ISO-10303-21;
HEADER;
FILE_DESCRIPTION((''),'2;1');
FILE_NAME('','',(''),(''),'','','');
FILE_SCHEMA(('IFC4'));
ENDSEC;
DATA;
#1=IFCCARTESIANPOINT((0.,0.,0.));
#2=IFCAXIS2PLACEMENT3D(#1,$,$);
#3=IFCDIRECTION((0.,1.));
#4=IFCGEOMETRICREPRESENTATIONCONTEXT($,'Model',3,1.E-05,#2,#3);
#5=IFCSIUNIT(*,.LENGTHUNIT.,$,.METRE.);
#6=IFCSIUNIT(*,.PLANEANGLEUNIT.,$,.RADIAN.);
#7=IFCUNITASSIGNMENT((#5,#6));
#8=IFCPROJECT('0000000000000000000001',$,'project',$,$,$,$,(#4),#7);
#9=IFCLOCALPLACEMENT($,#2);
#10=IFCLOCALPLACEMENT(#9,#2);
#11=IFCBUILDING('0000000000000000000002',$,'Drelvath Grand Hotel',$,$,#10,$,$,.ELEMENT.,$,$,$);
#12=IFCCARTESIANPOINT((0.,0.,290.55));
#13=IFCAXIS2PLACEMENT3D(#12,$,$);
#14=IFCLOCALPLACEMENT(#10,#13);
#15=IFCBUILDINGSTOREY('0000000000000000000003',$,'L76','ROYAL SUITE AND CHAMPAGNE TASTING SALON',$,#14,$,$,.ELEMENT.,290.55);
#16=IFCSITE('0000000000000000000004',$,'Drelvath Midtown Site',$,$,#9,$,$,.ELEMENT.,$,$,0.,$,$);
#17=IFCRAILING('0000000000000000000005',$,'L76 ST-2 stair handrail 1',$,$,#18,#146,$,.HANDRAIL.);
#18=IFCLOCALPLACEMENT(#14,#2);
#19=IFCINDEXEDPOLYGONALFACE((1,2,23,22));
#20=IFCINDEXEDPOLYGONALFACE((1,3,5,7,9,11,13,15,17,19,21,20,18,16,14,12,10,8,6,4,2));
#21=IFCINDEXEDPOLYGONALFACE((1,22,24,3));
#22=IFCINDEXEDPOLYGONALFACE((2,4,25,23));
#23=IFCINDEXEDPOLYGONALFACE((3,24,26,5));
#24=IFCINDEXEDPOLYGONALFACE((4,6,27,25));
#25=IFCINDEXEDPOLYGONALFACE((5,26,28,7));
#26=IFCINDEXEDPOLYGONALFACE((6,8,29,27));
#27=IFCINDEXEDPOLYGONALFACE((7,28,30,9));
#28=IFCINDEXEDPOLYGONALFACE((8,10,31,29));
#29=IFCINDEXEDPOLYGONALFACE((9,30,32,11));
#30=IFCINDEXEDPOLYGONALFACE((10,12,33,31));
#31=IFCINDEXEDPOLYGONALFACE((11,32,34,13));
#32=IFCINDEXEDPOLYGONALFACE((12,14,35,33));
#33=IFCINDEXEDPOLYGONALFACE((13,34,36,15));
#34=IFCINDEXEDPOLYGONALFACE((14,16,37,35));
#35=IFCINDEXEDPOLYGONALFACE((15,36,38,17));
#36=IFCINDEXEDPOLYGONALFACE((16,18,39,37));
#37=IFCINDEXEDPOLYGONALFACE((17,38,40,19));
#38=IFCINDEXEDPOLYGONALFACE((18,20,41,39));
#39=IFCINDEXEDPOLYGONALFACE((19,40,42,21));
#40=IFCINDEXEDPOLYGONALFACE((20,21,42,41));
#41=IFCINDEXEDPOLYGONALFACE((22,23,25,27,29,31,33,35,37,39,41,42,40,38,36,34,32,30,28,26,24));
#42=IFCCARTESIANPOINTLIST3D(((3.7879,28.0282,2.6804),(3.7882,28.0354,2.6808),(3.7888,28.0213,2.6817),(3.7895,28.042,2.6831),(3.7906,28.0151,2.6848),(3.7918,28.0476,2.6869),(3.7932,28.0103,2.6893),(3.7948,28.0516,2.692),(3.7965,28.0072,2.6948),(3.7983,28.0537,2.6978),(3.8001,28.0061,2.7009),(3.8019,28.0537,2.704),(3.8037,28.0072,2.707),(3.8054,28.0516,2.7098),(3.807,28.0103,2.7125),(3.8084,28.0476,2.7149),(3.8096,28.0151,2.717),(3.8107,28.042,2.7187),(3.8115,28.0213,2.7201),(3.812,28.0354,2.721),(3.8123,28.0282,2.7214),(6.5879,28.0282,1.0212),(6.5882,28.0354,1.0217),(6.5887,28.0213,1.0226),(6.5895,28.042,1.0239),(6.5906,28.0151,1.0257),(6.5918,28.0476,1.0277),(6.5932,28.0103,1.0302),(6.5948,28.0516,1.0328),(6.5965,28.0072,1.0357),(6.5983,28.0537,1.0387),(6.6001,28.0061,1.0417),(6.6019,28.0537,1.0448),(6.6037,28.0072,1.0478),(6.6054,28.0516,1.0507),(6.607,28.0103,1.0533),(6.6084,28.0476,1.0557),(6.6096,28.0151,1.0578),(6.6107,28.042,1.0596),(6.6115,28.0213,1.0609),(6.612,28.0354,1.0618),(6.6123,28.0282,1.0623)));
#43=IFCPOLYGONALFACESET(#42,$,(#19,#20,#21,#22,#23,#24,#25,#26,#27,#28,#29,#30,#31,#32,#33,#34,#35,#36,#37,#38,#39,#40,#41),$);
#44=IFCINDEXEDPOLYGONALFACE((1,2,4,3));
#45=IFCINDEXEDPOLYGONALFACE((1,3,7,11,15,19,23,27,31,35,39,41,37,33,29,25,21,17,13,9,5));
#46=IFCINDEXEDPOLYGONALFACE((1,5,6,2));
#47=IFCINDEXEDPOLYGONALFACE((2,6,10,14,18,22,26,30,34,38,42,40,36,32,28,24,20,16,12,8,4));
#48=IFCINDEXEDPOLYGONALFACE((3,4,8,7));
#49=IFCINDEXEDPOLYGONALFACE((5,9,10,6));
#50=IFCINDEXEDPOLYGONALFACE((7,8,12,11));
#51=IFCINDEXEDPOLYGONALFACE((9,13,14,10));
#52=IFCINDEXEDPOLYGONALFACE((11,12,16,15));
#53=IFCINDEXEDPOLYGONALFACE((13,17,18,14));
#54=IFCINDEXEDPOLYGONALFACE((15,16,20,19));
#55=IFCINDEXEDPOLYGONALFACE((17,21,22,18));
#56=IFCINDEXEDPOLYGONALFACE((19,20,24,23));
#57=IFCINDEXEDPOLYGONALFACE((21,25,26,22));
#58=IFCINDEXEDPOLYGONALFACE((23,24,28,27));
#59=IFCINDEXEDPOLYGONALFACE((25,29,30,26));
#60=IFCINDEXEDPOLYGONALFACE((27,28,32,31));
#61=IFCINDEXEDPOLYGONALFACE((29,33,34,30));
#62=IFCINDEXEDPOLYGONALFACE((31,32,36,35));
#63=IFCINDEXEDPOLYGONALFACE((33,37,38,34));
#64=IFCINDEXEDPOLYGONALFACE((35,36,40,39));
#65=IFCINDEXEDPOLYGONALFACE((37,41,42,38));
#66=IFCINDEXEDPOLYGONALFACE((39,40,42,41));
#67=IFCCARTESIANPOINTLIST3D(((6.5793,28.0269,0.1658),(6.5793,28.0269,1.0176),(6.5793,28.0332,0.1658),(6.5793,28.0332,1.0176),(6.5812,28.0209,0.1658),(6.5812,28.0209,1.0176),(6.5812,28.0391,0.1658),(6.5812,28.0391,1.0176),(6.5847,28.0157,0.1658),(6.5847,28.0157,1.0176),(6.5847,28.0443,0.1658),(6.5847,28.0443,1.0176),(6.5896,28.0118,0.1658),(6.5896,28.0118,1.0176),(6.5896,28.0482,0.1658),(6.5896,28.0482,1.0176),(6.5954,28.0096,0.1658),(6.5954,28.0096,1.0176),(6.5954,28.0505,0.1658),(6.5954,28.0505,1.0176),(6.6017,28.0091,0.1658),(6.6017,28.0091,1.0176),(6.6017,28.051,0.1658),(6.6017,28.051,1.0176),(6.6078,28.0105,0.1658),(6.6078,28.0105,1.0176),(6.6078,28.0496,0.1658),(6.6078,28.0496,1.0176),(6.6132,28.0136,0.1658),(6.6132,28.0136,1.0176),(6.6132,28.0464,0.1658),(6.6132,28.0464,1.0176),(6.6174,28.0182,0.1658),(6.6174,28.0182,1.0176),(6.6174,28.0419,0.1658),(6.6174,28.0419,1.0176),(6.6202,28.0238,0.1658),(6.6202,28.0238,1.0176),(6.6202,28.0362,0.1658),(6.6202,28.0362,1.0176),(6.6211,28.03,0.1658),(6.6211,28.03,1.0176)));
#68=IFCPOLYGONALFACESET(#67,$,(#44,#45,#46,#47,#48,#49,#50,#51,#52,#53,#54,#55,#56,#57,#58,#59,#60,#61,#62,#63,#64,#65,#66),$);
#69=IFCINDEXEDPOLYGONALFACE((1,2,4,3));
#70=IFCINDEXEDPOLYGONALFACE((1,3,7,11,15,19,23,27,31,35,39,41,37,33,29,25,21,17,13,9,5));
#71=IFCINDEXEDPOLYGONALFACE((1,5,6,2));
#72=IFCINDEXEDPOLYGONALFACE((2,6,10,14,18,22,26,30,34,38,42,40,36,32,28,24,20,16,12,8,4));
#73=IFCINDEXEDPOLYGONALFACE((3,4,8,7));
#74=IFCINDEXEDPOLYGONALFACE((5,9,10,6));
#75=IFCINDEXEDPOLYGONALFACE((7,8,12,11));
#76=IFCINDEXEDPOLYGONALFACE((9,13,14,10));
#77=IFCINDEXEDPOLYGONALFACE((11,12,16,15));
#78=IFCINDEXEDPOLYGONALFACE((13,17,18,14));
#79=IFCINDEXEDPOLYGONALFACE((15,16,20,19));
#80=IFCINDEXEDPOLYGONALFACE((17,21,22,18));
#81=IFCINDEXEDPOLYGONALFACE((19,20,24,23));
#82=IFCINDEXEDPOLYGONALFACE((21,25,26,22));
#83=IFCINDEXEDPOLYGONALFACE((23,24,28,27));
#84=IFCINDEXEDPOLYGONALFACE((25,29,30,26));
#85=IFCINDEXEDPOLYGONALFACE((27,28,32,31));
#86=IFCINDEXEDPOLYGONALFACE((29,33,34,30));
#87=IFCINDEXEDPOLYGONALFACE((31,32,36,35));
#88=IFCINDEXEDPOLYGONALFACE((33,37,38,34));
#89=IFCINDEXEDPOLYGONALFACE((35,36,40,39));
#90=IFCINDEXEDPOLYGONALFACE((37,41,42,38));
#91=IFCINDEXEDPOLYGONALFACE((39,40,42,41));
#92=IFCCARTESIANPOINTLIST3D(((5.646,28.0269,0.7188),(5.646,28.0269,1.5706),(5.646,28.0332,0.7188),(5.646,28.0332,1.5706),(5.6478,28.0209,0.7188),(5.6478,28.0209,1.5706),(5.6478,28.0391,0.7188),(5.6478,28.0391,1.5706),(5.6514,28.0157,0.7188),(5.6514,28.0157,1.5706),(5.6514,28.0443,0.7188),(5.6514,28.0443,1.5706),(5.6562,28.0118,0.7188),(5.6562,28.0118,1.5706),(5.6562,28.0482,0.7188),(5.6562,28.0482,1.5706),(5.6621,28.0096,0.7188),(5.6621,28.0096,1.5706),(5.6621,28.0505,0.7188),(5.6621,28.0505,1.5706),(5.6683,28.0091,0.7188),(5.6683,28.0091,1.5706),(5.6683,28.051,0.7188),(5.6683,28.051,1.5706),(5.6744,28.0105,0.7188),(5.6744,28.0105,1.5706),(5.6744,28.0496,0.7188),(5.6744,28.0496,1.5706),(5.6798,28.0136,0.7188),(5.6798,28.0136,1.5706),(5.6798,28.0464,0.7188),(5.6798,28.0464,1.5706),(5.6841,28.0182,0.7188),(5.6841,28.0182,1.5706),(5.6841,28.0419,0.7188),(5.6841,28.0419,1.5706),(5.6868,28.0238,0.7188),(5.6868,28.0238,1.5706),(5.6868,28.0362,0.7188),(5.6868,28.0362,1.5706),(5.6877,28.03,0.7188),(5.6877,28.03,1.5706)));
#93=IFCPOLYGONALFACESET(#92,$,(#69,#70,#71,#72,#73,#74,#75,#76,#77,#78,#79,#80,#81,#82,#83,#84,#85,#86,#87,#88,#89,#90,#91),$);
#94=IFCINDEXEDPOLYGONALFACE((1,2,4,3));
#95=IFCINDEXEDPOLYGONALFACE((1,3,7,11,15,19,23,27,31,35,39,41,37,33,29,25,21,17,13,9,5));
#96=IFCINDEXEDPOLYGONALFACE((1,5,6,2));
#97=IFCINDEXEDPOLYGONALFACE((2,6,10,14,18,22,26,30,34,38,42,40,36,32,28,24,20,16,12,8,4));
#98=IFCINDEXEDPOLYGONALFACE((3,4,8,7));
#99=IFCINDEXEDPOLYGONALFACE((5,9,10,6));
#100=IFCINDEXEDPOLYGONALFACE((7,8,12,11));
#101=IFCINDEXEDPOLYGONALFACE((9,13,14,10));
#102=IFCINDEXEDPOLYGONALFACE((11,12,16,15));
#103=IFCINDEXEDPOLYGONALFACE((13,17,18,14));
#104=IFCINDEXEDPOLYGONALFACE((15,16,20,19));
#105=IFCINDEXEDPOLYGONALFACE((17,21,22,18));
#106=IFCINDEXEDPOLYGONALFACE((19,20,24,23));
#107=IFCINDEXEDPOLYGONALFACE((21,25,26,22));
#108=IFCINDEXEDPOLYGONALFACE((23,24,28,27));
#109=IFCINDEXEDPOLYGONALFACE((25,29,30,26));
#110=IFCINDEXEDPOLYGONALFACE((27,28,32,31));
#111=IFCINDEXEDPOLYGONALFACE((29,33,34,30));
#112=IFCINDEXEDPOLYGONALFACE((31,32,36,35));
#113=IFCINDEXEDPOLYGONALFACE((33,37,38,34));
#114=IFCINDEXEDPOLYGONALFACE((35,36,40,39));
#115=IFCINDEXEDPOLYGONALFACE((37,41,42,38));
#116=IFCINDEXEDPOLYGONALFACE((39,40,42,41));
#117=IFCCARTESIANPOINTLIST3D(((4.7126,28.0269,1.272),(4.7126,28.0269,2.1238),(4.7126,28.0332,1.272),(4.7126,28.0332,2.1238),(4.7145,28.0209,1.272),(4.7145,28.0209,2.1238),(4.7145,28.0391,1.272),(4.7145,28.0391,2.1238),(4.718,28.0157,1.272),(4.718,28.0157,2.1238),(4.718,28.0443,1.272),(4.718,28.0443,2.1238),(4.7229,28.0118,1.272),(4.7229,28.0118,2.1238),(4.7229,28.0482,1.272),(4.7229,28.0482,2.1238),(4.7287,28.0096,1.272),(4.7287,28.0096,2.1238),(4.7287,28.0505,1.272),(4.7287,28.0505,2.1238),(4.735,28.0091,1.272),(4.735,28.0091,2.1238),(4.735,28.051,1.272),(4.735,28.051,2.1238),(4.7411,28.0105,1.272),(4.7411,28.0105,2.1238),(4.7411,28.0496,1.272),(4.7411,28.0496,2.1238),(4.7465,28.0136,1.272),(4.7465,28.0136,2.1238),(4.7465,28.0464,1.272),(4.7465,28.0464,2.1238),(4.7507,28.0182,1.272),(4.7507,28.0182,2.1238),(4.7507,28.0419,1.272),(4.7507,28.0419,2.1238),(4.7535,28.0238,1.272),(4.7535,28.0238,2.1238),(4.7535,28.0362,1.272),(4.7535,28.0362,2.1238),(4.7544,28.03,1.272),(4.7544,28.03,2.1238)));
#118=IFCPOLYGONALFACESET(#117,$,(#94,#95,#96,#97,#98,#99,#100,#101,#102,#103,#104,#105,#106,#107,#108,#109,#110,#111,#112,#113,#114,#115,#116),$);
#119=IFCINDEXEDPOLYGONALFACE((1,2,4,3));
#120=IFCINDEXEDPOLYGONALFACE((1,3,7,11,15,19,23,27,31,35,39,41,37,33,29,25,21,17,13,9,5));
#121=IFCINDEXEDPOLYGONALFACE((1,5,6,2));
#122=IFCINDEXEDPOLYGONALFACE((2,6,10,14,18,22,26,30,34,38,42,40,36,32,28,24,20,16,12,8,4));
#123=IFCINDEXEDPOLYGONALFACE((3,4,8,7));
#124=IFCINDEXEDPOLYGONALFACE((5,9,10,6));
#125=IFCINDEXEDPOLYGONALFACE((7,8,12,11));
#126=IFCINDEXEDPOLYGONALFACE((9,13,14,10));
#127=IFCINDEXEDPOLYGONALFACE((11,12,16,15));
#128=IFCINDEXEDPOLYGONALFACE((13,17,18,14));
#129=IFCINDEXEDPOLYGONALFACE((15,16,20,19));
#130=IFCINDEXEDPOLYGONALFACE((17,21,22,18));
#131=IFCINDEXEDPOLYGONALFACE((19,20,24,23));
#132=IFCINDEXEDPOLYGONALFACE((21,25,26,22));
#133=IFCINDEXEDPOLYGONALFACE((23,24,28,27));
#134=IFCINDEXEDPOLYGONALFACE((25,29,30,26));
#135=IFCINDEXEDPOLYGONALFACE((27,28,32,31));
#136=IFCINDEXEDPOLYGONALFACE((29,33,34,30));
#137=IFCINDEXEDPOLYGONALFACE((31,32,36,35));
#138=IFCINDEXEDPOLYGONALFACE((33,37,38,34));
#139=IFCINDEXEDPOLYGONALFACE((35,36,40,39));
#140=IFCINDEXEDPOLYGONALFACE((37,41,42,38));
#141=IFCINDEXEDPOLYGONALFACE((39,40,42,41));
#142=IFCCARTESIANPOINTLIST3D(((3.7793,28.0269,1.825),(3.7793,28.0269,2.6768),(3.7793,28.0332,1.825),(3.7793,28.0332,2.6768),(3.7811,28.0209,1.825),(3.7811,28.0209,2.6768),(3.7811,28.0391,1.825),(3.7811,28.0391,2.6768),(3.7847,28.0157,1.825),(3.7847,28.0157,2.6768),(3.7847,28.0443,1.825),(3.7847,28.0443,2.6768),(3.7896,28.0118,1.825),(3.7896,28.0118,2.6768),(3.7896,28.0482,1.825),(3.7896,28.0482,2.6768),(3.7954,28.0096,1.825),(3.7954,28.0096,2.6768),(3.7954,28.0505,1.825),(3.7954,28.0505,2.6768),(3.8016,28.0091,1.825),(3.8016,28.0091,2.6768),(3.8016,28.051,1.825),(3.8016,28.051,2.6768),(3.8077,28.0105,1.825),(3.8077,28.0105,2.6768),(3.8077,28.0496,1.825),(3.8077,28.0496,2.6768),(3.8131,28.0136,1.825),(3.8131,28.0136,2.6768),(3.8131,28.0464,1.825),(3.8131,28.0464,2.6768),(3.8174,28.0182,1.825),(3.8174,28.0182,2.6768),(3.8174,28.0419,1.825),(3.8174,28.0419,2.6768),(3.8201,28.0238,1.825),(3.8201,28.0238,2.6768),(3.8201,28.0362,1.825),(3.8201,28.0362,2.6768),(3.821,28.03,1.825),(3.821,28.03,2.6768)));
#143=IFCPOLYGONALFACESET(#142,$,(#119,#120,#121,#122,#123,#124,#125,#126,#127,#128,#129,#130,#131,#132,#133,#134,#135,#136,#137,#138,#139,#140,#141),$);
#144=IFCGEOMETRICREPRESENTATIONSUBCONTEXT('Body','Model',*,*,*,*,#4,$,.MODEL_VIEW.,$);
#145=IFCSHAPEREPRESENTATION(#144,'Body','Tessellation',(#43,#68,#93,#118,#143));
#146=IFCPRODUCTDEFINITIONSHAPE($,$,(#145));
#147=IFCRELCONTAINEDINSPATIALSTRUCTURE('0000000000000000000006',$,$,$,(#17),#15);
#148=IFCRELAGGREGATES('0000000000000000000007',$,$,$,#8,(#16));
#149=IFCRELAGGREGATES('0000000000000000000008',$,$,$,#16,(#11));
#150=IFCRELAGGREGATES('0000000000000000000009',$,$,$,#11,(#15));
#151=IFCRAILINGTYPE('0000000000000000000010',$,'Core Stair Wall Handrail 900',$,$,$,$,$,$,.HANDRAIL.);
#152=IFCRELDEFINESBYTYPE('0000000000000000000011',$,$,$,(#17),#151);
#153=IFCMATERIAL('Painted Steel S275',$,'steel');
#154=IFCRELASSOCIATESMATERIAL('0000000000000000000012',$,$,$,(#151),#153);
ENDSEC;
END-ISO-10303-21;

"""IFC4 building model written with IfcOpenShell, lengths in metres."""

from ifc_helpers import new_model, si_unit, direction, frame, origin, origin_2d, place, context, subcontext, project, spatial, circle, extrude, material, type_object, element, save


model = new_model("IFC4")

# Units and contexts
model_context = context("Model", 3, precision=1e-05, world=origin(), true_north=direction((0.0, 1.0)))
body_context = subcontext(model_context, "Body", "Model", "MODEL_VIEW")
ifc_project = project(units=[si_unit("LENGTHUNIT", "METRE"), si_unit("PLANEANGLEUNIT", "RADIAN")], contexts=[model_context])

# Site, building, storey
site_placement = place(None, origin())
site = spatial("IfcSite", under=ifc_project, at=site_placement, Name="Drelvath Midtown Site", CompositionType="ELEMENT", RefElevation=0.0)
building_placement = place(site_placement, origin())
building = spatial("IfcBuilding", under=site, at=building_placement, Name="Drelvath Grand Hotel", CompositionType="ELEMENT")
storey_placement = place(building_placement, frame((0.0, 0.0, 290.55)))
storey = spatial("IfcBuildingStorey", under=building, at=storey_placement, Name="L76", Description="ROYAL SUITE AND CHAMPAGNE TASTING SALON", CompositionType="ELEMENT", Elevation=290.55)

# Shared definitions
ifc_material_1 = material(Name="Painted Steel S275", Category="steel")

# Railing
railing_type_1 = type_object("IfcRailingType", Name="Core Stair Wall Handrail 900", PredefinedType="HANDRAIL", material=ifc_material_1)
railing_1_placement = place(storey_placement, frame((6.6001, 28.03, 0.1658)))
element("IfcRailing", 1, at=railing_1_placement, inside=storey, type_object=railing_type_1, Name="L76 ST-2 stair handrail 1", PredefinedType="HANDRAIL", context=body_context, shape_type="SweptSolid", body=[
    extrude(circle(Radius=0.0239, at=origin_2d()), frame((0.0, 0.0, 0.876), z_axis=(-0.860306, 0.0, 0.509778), x_axis=(0.0, -1.0, 0.0)), (0.0, 0.0, 1.0), 3.2546),
    extrude(circle(Radius=0.021, at=origin_2d()), origin(), (0.0, 0.0, 1.0), 0.8518),
    extrude(circle(Radius=0.021, at=origin_2d()), frame((-0.9333, 0.0, 0.553)), (0.0, 0.0, 1.0), 0.8518),
    extrude(circle(Radius=0.021, at=origin_2d()), frame((-1.8667, 0.0, 1.1062)), (0.0, 0.0, 1.0), 0.8518),
    extrude(circle(Radius=0.021, at=origin_2d()), frame((-2.8, 0.0, 1.6592)), (0.0, 0.0, 1.0), 0.8518),
])

save(model, "model.ifc")
